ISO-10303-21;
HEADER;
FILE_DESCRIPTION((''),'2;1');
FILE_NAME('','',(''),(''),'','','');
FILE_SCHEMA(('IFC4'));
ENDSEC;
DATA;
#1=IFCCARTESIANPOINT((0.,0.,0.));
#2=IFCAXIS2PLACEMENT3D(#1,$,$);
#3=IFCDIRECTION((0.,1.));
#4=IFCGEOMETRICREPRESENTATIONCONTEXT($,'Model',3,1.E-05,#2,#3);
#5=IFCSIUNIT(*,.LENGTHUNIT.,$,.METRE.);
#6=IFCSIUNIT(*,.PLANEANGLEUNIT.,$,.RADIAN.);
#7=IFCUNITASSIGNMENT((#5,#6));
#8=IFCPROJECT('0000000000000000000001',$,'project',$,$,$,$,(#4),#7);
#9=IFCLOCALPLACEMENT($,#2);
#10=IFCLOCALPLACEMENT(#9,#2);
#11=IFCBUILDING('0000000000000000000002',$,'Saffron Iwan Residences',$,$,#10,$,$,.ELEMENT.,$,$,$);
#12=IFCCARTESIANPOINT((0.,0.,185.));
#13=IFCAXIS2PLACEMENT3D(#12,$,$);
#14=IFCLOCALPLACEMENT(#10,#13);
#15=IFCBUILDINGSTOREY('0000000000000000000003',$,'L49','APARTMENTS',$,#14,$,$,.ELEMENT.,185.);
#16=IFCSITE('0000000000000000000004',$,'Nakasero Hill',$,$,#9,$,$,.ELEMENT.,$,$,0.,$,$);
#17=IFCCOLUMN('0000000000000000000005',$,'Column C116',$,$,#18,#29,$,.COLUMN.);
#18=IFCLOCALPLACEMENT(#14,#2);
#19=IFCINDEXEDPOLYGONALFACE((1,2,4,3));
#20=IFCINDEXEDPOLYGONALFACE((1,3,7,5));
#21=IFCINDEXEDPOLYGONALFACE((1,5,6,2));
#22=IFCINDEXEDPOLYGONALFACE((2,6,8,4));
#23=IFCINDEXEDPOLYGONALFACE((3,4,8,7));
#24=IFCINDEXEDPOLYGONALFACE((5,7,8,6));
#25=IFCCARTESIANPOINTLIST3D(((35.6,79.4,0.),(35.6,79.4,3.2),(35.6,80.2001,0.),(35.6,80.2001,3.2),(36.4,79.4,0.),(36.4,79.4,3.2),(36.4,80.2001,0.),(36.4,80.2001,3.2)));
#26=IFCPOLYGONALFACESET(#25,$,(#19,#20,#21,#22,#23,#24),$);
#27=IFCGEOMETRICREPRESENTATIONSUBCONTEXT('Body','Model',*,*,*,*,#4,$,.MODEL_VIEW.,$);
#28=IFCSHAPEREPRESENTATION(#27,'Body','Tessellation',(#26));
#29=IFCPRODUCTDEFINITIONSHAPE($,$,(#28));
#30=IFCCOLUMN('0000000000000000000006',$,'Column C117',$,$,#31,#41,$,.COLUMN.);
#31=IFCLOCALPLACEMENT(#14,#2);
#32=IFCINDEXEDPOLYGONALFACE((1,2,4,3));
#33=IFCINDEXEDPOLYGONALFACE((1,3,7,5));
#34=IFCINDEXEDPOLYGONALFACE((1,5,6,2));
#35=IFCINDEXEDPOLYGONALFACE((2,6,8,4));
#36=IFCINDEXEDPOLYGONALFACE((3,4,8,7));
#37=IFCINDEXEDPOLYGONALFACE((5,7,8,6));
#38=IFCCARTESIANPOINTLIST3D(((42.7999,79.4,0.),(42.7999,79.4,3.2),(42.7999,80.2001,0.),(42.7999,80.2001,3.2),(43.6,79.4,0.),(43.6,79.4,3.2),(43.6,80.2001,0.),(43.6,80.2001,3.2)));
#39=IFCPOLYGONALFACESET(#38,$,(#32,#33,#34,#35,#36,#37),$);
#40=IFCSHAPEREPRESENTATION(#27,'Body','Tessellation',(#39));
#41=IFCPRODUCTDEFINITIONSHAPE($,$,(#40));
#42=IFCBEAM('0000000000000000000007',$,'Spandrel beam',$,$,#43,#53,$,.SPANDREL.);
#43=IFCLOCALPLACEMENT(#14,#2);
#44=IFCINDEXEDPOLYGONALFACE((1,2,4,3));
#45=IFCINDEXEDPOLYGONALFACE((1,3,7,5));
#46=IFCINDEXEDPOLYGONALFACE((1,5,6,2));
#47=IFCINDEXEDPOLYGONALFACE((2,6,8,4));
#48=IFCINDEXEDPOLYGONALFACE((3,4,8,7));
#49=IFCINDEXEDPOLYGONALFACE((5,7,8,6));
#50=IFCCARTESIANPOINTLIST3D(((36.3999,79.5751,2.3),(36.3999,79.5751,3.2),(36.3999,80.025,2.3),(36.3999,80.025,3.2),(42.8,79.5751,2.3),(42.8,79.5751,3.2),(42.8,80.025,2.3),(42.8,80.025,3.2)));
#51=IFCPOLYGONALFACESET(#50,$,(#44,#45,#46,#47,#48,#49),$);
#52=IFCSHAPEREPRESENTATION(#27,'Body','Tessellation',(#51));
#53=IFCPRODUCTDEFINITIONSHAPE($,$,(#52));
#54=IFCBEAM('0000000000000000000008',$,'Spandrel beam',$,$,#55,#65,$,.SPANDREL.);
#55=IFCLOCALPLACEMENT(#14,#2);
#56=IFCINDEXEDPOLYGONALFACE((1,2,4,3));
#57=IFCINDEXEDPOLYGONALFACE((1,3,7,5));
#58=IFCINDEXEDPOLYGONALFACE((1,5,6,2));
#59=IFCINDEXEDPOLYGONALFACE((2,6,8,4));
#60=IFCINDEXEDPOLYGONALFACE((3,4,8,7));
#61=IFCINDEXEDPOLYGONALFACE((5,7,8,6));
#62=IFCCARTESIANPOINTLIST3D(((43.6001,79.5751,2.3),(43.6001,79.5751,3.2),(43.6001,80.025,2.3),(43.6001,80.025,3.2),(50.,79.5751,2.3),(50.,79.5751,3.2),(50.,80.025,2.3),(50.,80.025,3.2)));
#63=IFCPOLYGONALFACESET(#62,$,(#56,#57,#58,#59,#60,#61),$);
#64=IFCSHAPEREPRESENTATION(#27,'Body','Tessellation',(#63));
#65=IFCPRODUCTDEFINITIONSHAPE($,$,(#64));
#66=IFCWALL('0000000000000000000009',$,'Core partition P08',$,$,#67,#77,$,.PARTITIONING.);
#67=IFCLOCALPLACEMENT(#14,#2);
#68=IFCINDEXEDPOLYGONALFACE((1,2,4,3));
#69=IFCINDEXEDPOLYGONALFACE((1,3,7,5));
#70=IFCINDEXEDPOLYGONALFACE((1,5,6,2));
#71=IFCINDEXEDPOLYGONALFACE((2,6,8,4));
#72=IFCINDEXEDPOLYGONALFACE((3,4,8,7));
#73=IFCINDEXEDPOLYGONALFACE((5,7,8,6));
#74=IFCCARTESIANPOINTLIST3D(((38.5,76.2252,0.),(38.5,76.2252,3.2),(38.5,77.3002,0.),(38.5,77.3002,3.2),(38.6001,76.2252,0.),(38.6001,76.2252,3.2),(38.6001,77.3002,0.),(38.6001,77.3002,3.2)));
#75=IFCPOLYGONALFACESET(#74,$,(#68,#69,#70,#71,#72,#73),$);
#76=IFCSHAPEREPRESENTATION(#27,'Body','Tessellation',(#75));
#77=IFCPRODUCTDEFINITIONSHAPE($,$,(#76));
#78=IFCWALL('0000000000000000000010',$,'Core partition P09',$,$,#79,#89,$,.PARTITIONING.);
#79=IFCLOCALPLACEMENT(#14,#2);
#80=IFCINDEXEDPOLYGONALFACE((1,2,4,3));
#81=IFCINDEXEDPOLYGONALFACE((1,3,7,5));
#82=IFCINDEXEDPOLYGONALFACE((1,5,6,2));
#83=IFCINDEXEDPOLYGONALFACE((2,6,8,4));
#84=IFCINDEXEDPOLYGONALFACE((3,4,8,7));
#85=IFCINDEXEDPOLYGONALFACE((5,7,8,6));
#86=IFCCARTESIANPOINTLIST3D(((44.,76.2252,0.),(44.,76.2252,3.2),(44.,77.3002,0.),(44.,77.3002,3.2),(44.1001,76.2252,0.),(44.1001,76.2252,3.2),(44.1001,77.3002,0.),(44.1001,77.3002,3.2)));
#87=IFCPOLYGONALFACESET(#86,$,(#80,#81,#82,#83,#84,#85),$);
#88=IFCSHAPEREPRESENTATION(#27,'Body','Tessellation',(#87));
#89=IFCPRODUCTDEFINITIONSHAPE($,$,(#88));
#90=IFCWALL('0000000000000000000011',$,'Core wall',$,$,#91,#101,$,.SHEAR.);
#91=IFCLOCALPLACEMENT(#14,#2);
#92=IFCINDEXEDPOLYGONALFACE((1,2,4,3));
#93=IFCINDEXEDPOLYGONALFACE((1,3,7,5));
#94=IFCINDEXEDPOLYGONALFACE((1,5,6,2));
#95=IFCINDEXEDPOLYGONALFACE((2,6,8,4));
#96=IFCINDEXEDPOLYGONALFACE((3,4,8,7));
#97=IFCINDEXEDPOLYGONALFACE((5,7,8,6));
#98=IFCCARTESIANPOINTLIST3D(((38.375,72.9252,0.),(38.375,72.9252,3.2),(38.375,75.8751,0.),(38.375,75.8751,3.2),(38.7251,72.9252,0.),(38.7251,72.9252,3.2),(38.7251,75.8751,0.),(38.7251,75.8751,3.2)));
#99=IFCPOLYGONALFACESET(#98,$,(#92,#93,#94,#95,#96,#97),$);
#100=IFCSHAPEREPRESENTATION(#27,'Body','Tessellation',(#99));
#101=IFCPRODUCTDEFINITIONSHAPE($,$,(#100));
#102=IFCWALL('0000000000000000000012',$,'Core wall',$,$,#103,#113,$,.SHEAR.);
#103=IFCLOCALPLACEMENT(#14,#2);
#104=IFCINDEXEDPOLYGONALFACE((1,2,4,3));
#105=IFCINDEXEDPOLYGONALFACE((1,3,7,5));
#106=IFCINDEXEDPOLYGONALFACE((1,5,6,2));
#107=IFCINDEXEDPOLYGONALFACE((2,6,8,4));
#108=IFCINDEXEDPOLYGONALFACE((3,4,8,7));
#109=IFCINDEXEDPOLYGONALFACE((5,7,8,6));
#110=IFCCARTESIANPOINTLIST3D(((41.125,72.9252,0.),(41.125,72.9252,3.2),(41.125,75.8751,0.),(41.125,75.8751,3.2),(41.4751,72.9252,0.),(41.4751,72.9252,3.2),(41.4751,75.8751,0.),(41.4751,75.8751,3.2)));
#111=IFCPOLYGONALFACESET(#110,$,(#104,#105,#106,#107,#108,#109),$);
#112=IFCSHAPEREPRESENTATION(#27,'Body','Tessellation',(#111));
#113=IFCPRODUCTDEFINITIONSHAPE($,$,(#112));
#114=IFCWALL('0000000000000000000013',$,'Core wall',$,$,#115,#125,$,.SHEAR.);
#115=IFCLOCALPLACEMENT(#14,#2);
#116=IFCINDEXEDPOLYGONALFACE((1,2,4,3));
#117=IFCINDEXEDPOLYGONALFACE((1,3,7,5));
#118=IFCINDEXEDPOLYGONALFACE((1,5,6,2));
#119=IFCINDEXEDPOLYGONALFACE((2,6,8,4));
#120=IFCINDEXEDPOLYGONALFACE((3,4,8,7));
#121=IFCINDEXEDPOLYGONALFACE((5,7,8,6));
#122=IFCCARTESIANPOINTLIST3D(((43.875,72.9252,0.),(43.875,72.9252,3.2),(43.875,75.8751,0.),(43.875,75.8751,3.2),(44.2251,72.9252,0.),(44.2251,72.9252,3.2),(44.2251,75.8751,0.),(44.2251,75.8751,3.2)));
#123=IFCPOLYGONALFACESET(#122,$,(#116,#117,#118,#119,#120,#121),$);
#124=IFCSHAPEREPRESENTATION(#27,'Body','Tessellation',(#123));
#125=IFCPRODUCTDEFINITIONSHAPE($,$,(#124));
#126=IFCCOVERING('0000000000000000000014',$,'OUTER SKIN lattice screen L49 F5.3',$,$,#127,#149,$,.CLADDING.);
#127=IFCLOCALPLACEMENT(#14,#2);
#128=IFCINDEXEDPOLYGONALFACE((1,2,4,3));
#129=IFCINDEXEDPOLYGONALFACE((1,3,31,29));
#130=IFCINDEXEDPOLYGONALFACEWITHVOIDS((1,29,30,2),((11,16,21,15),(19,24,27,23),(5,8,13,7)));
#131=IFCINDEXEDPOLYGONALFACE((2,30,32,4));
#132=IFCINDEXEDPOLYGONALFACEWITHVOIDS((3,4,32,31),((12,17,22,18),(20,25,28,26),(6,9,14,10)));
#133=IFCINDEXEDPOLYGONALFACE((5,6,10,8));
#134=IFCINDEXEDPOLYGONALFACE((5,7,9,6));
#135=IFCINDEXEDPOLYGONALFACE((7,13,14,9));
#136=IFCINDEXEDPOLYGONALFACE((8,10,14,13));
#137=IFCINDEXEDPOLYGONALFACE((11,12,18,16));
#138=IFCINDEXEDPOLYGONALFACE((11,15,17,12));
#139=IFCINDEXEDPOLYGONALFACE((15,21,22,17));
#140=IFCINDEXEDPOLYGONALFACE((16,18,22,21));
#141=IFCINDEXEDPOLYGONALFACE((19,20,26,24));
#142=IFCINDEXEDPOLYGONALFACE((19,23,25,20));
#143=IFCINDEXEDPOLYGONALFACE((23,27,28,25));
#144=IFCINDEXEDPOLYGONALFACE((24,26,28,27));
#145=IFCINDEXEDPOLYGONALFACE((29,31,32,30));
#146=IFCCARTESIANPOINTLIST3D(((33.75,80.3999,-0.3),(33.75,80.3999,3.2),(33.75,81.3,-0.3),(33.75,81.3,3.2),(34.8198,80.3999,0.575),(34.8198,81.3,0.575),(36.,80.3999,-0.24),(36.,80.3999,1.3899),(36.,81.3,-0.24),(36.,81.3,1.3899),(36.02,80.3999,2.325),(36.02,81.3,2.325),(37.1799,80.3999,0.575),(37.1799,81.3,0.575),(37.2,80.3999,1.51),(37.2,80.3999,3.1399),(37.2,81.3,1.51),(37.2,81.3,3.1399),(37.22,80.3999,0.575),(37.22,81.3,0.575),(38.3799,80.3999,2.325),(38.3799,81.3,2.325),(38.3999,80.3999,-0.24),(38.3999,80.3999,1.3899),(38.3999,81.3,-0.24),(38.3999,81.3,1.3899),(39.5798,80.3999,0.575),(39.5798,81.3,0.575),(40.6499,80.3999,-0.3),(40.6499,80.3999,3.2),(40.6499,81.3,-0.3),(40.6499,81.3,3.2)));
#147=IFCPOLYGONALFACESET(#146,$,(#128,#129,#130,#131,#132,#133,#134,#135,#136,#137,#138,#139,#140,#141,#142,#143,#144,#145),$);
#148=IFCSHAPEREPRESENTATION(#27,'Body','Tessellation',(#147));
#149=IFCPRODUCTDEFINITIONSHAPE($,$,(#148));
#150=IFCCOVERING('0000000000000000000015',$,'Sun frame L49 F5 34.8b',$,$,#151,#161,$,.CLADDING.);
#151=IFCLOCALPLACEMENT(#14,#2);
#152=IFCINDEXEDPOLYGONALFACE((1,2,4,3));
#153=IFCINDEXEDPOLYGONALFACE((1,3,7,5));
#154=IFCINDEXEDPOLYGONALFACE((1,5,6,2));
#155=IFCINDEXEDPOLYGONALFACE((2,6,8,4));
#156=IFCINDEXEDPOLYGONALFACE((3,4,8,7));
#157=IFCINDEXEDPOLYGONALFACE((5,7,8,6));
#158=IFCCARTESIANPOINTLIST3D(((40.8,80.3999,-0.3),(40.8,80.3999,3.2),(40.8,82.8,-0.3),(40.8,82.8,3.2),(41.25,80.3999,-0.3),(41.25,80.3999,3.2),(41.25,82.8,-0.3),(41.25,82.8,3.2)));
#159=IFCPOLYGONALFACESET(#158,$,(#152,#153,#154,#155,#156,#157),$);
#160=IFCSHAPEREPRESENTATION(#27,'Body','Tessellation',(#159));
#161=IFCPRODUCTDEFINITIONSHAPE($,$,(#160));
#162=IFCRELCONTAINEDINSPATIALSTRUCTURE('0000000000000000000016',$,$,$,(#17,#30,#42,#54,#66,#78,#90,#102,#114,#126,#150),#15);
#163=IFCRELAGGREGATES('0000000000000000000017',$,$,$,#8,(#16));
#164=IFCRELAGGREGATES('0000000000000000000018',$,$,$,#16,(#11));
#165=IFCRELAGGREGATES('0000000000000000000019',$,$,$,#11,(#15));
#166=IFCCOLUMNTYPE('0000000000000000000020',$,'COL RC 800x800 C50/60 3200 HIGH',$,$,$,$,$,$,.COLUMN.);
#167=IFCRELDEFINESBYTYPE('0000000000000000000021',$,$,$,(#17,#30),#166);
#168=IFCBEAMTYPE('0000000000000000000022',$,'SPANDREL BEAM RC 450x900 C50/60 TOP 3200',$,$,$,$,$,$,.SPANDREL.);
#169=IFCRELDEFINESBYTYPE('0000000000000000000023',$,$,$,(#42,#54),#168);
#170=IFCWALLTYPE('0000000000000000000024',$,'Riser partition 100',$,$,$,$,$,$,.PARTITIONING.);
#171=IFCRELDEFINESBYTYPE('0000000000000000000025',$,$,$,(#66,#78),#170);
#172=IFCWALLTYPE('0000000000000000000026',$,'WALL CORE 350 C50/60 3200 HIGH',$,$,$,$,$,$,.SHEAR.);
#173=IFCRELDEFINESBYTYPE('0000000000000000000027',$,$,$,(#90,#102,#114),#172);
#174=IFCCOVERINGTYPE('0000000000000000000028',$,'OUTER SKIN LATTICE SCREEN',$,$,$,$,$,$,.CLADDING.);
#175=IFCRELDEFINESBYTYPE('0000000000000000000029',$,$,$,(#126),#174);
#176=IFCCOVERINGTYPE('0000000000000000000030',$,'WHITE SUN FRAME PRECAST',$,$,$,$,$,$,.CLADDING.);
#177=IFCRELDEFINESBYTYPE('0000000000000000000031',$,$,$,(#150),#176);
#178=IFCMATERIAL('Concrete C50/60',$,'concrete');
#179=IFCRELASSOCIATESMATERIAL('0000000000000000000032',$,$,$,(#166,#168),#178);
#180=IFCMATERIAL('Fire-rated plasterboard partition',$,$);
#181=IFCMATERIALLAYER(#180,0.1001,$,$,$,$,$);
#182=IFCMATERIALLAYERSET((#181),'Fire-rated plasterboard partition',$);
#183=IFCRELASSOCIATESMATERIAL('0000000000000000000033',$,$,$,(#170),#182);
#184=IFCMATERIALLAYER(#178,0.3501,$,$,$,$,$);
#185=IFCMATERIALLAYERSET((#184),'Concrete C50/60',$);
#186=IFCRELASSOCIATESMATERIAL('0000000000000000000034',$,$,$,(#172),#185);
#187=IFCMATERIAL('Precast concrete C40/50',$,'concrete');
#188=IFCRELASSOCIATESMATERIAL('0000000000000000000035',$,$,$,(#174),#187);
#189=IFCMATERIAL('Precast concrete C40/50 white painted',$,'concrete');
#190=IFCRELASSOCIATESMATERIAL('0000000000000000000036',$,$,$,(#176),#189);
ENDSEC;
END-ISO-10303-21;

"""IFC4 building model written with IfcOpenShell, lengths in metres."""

from ifc_helpers import new_model, si_unit, direction, frame, frame_2d, origin, origin_2d, place, context, subcontext, project, spatial, polyline, rectangle, outline, extrude, source, transform, mapped, material, layer, layer_set, material_profile, profile_set, type_object, element, save


model = new_model("IFC4")

# Units and contexts
model_context = context("Model", 3, precision=1e-05, world=origin(), true_north=direction((0.0, 1.0)))
body_context = subcontext(model_context, "Body", "Model", "MODEL_VIEW")
ifc_project = project(units=[si_unit("LENGTHUNIT", "METRE"), si_unit("PLANEANGLEUNIT", "RADIAN")], contexts=[model_context])

# Site, building, storey
site_placement = place(None, origin())
site = spatial("IfcSite", under=ifc_project, at=site_placement, Name="Nakasero Hill", CompositionType="ELEMENT", RefElevation=0.0)
building_placement = place(site_placement, origin())
building = spatial("IfcBuilding", under=site, at=building_placement, Name="Saffron Iwan Residences", CompositionType="ELEMENT")
storey_placement = place(building_placement, frame((0.0, 0.0, 185.0)))
storey = spatial("IfcBuildingStorey", under=building, at=storey_placement, Name="L49", Description="APARTMENTS", CompositionType="ELEMENT", Elevation=185.0)

# Columns
ifc_material_1 = material(Name="Concrete C50/60", Category="concrete")
ifc_material_profile_1 = material_profile(ifc_material_1, rectangle(XDim=0.8, YDim=0.8, at=origin_2d()), Name="RC 800x800")
ifc_profile_set_1 = profile_set([ifc_material_profile_1], Name="Concrete C50/60")
column_type = type_object("IfcColumnType", Name="COL RC 800x800 C50/60 3200 HIGH", PredefinedType="COLUMN", material=ifc_profile_set_1)
shared_shape_1 = source(origin(), body_context, "Body", "SweptSolid", [
    extrude(rectangle(XDim=0.8, YDim=0.8, at=origin_2d()), origin(), (0.0, 0.0, 1.0), 3.2),
])
for number, where, z_axis, x_axis, name in (
    (1, (36.0, 79.8, 0.0), (0.0, 0.0, 1.0), (1.0, 0.0, 0.0), "Column C116"),
    (2, (43.2, 79.8, 0.0), (0.0, 0.0, 1.0), (1.0, 0.0, 0.0), "Column C117"),
):
    element("IfcColumn", number, at=place(storey_placement, frame(where, z_axis=z_axis, x_axis=x_axis)), inside=storey, type_object=column_type, Name=name, PredefinedType="COLUMN", context=body_context, shape_type="MappedRepresentation", body=[
        mapped(shared_shape_1, transform((0.0, 0.0, 0.0))),
    ])

# Beams
ifc_material_profile_2 = material_profile(ifc_material_1, rectangle(XDim=0.45, YDim=0.8999, at=origin_2d()), Name="RC 450x900")
ifc_profile_set_2 = profile_set([ifc_material_profile_2], Name="Concrete C50/60")
beam_type = type_object("IfcBeamType", Name="SPANDREL BEAM RC 450x900 C50/60 TOP 3200", PredefinedType="SPANDREL", material=ifc_profile_set_2)
shared_shape_2 = source(origin(), body_context, "Body", "SweptSolid", [
    extrude(rectangle(XDim=0.45, YDim=0.8999, at=origin_2d()), origin(), (0.0, 0.0, 1.0), 6.4001),
])
beam_1_placement = place(storey_placement, frame((36.3999, 79.8, 2.75), z_axis=(1.0, 0.0, 0.0), x_axis=(0.0, 1.0, 0.0)))
element("IfcBeam", 3, at=beam_1_placement, inside=storey, type_object=beam_type, Name="Spandrel beam", PredefinedType="SPANDREL", context=body_context, shape_type="MappedRepresentation", body=[
    mapped(shared_shape_2, transform((0.0, 0.0, 0.0))),
])
shared_shape_3 = source(origin(), body_context, "Body", "SweptSolid", [
    extrude(rectangle(XDim=0.45, YDim=0.8999, at=origin_2d()), origin(), (0.0, 0.0, 1.0), 6.3999),
])
beam_2_placement = place(storey_placement, frame((43.6001, 79.8, 2.75), z_axis=(1.0, 0.0, 0.0), x_axis=(0.0, 1.0, 0.0)))
element("IfcBeam", 4, at=beam_2_placement, inside=storey, type_object=beam_type, Name="Spandrel beam", PredefinedType="SPANDREL", context=body_context, shape_type="MappedRepresentation", body=[
    mapped(shared_shape_3, transform((0.0, 0.0, 0.0))),
])

# Walls
ifc_material_2 = material(Name="Fire-rated plasterboard partition")
ifc_layer_1 = layer(ifc_material_2, 0.1001)
ifc_layer_set_1 = layer_set([ifc_layer_1], Name="Fire-rated plasterboard partition")
wall_type_1 = type_object("IfcWallType", Name="Riser partition 100", PredefinedType="PARTITIONING", material=ifc_layer_set_1)
for number, where, z_axis, x_axis, name in (
    (5, (38.55, 76.2251, 0.0), (0.0, 0.0, 1.0), (0.0, 1.0, 0.0), "Core partition P08"),
    (6, (44.05, 76.2251, 0.0), (0.0, 0.0, 1.0), (0.0, 1.0, 0.0), "Core partition P09"),
):
    element("IfcWall", number, at=place(storey_placement, frame(where, z_axis=z_axis, x_axis=x_axis)), inside=storey, type_object=wall_type_1, Name=name, PredefinedType="PARTITIONING", context=body_context, shape_type="SweptSolid", body=[
        extrude(rectangle(XDim=1.075, YDim=0.1001, at=frame_2d((0.5376, 0.0))), origin(), (0.0, 0.0, 1.0), 3.2),
    ])
ifc_layer_2 = layer(ifc_material_1, 0.3501)
ifc_layer_set_2 = layer_set([ifc_layer_2], Name="Concrete C50/60")
wall_type_2 = type_object("IfcWallType", Name="WALL CORE 350 C50/60 3200 HIGH", PredefinedType="SHEAR", material=ifc_layer_set_2)
for number, where, z_axis, x_axis, name in (
    (7, (38.55, 72.925, 0.0), (0.0, 0.0, 1.0), (0.0, 1.0, 0.0), "Core wall"),
    (8, (41.3, 72.925, 0.0), (0.0, 0.0, 1.0), (0.0, 1.0, 0.0), "Core wall"),
    (9, (44.05, 72.925, 0.0), (0.0, 0.0, 1.0), (0.0, 1.0, 0.0), "Core wall"),
):
    element("IfcWall", number, at=place(storey_placement, frame(where, z_axis=z_axis, x_axis=x_axis)), inside=storey, type_object=wall_type_2, Name=name, PredefinedType="SHEAR", context=body_context, shape_type="SweptSolid", body=[
        extrude(rectangle(XDim=2.95, YDim=0.3501, at=frame_2d((1.4751, 0.0))), origin(), (0.0, 0.0, 1.0), 3.2),
    ])

# Coverings
ifc_material_3 = material(Name="Precast concrete C40/50", Category="concrete")
covering_type_1 = type_object("IfcCoveringType", Name="OUTER SKIN LATTICE SCREEN", PredefinedType="CLADDING", material=ifc_material_3)
covering_1_placement = place(storey_placement, frame((40.6499, 80.3999, -0.3), z_axis=(0.0, 1.0, 0.0), x_axis=(-1.0, 0.0, 0.0)))
element("IfcCovering", 10, at=covering_1_placement, inside=storey, type_object=covering_type_1, Name="OUTER SKIN lattice screen L49 F5.3", PredefinedType="CLADDING", context=body_context, shape_type="SweptSolid", body=[
    extrude(outline(polyline([(0.0, 0.0), (6.8999, 0.0), (6.8999, 3.5), (0.0, 3.5), (0.0, 0.0)]), holes=[polyline([(1.0701, 0.875), (2.25, 0.0601), (3.4299, 0.875), (2.25, 1.6899), (1.0701, 0.875)]), polyline([(3.47, 0.875), (4.6499, 0.0601), (5.8301, 0.875), (4.6499, 1.6899), (3.47, 0.875)]), polyline([(2.27, 2.625), (3.45, 1.8101), (4.6299, 2.625), (3.45, 3.4399), (2.27, 2.625)])]), origin(), (0.0, 0.0, 1.0), 0.9001),
])
ifc_material_4 = material(Name="Precast concrete C40/50 white painted", Category="concrete")
covering_type_2 = type_object("IfcCoveringType", Name="WHITE SUN FRAME PRECAST", PredefinedType="CLADDING", material=ifc_material_4)
covering_2_placement = place(storey_placement, frame((41.25, 80.3999, -0.3), z_axis=(0.0, 1.0, 0.0), x_axis=(-1.0, 0.0, 0.0)))
element("IfcCovering", 11, at=covering_2_placement, inside=storey, type_object=covering_type_2, Name="Sun frame L49 F5 34.8b", PredefinedType="CLADDING", context=body_context, shape_type="SweptSolid", body=[
    extrude(outline(polyline([(0.0, 0.0), (0.45, 0.0), (0.45, 3.5), (0.0, 3.5), (0.0, 0.0)])), origin(), (0.0, 0.0, 1.0), 2.4001),
])

save(model, "model.ifc")
